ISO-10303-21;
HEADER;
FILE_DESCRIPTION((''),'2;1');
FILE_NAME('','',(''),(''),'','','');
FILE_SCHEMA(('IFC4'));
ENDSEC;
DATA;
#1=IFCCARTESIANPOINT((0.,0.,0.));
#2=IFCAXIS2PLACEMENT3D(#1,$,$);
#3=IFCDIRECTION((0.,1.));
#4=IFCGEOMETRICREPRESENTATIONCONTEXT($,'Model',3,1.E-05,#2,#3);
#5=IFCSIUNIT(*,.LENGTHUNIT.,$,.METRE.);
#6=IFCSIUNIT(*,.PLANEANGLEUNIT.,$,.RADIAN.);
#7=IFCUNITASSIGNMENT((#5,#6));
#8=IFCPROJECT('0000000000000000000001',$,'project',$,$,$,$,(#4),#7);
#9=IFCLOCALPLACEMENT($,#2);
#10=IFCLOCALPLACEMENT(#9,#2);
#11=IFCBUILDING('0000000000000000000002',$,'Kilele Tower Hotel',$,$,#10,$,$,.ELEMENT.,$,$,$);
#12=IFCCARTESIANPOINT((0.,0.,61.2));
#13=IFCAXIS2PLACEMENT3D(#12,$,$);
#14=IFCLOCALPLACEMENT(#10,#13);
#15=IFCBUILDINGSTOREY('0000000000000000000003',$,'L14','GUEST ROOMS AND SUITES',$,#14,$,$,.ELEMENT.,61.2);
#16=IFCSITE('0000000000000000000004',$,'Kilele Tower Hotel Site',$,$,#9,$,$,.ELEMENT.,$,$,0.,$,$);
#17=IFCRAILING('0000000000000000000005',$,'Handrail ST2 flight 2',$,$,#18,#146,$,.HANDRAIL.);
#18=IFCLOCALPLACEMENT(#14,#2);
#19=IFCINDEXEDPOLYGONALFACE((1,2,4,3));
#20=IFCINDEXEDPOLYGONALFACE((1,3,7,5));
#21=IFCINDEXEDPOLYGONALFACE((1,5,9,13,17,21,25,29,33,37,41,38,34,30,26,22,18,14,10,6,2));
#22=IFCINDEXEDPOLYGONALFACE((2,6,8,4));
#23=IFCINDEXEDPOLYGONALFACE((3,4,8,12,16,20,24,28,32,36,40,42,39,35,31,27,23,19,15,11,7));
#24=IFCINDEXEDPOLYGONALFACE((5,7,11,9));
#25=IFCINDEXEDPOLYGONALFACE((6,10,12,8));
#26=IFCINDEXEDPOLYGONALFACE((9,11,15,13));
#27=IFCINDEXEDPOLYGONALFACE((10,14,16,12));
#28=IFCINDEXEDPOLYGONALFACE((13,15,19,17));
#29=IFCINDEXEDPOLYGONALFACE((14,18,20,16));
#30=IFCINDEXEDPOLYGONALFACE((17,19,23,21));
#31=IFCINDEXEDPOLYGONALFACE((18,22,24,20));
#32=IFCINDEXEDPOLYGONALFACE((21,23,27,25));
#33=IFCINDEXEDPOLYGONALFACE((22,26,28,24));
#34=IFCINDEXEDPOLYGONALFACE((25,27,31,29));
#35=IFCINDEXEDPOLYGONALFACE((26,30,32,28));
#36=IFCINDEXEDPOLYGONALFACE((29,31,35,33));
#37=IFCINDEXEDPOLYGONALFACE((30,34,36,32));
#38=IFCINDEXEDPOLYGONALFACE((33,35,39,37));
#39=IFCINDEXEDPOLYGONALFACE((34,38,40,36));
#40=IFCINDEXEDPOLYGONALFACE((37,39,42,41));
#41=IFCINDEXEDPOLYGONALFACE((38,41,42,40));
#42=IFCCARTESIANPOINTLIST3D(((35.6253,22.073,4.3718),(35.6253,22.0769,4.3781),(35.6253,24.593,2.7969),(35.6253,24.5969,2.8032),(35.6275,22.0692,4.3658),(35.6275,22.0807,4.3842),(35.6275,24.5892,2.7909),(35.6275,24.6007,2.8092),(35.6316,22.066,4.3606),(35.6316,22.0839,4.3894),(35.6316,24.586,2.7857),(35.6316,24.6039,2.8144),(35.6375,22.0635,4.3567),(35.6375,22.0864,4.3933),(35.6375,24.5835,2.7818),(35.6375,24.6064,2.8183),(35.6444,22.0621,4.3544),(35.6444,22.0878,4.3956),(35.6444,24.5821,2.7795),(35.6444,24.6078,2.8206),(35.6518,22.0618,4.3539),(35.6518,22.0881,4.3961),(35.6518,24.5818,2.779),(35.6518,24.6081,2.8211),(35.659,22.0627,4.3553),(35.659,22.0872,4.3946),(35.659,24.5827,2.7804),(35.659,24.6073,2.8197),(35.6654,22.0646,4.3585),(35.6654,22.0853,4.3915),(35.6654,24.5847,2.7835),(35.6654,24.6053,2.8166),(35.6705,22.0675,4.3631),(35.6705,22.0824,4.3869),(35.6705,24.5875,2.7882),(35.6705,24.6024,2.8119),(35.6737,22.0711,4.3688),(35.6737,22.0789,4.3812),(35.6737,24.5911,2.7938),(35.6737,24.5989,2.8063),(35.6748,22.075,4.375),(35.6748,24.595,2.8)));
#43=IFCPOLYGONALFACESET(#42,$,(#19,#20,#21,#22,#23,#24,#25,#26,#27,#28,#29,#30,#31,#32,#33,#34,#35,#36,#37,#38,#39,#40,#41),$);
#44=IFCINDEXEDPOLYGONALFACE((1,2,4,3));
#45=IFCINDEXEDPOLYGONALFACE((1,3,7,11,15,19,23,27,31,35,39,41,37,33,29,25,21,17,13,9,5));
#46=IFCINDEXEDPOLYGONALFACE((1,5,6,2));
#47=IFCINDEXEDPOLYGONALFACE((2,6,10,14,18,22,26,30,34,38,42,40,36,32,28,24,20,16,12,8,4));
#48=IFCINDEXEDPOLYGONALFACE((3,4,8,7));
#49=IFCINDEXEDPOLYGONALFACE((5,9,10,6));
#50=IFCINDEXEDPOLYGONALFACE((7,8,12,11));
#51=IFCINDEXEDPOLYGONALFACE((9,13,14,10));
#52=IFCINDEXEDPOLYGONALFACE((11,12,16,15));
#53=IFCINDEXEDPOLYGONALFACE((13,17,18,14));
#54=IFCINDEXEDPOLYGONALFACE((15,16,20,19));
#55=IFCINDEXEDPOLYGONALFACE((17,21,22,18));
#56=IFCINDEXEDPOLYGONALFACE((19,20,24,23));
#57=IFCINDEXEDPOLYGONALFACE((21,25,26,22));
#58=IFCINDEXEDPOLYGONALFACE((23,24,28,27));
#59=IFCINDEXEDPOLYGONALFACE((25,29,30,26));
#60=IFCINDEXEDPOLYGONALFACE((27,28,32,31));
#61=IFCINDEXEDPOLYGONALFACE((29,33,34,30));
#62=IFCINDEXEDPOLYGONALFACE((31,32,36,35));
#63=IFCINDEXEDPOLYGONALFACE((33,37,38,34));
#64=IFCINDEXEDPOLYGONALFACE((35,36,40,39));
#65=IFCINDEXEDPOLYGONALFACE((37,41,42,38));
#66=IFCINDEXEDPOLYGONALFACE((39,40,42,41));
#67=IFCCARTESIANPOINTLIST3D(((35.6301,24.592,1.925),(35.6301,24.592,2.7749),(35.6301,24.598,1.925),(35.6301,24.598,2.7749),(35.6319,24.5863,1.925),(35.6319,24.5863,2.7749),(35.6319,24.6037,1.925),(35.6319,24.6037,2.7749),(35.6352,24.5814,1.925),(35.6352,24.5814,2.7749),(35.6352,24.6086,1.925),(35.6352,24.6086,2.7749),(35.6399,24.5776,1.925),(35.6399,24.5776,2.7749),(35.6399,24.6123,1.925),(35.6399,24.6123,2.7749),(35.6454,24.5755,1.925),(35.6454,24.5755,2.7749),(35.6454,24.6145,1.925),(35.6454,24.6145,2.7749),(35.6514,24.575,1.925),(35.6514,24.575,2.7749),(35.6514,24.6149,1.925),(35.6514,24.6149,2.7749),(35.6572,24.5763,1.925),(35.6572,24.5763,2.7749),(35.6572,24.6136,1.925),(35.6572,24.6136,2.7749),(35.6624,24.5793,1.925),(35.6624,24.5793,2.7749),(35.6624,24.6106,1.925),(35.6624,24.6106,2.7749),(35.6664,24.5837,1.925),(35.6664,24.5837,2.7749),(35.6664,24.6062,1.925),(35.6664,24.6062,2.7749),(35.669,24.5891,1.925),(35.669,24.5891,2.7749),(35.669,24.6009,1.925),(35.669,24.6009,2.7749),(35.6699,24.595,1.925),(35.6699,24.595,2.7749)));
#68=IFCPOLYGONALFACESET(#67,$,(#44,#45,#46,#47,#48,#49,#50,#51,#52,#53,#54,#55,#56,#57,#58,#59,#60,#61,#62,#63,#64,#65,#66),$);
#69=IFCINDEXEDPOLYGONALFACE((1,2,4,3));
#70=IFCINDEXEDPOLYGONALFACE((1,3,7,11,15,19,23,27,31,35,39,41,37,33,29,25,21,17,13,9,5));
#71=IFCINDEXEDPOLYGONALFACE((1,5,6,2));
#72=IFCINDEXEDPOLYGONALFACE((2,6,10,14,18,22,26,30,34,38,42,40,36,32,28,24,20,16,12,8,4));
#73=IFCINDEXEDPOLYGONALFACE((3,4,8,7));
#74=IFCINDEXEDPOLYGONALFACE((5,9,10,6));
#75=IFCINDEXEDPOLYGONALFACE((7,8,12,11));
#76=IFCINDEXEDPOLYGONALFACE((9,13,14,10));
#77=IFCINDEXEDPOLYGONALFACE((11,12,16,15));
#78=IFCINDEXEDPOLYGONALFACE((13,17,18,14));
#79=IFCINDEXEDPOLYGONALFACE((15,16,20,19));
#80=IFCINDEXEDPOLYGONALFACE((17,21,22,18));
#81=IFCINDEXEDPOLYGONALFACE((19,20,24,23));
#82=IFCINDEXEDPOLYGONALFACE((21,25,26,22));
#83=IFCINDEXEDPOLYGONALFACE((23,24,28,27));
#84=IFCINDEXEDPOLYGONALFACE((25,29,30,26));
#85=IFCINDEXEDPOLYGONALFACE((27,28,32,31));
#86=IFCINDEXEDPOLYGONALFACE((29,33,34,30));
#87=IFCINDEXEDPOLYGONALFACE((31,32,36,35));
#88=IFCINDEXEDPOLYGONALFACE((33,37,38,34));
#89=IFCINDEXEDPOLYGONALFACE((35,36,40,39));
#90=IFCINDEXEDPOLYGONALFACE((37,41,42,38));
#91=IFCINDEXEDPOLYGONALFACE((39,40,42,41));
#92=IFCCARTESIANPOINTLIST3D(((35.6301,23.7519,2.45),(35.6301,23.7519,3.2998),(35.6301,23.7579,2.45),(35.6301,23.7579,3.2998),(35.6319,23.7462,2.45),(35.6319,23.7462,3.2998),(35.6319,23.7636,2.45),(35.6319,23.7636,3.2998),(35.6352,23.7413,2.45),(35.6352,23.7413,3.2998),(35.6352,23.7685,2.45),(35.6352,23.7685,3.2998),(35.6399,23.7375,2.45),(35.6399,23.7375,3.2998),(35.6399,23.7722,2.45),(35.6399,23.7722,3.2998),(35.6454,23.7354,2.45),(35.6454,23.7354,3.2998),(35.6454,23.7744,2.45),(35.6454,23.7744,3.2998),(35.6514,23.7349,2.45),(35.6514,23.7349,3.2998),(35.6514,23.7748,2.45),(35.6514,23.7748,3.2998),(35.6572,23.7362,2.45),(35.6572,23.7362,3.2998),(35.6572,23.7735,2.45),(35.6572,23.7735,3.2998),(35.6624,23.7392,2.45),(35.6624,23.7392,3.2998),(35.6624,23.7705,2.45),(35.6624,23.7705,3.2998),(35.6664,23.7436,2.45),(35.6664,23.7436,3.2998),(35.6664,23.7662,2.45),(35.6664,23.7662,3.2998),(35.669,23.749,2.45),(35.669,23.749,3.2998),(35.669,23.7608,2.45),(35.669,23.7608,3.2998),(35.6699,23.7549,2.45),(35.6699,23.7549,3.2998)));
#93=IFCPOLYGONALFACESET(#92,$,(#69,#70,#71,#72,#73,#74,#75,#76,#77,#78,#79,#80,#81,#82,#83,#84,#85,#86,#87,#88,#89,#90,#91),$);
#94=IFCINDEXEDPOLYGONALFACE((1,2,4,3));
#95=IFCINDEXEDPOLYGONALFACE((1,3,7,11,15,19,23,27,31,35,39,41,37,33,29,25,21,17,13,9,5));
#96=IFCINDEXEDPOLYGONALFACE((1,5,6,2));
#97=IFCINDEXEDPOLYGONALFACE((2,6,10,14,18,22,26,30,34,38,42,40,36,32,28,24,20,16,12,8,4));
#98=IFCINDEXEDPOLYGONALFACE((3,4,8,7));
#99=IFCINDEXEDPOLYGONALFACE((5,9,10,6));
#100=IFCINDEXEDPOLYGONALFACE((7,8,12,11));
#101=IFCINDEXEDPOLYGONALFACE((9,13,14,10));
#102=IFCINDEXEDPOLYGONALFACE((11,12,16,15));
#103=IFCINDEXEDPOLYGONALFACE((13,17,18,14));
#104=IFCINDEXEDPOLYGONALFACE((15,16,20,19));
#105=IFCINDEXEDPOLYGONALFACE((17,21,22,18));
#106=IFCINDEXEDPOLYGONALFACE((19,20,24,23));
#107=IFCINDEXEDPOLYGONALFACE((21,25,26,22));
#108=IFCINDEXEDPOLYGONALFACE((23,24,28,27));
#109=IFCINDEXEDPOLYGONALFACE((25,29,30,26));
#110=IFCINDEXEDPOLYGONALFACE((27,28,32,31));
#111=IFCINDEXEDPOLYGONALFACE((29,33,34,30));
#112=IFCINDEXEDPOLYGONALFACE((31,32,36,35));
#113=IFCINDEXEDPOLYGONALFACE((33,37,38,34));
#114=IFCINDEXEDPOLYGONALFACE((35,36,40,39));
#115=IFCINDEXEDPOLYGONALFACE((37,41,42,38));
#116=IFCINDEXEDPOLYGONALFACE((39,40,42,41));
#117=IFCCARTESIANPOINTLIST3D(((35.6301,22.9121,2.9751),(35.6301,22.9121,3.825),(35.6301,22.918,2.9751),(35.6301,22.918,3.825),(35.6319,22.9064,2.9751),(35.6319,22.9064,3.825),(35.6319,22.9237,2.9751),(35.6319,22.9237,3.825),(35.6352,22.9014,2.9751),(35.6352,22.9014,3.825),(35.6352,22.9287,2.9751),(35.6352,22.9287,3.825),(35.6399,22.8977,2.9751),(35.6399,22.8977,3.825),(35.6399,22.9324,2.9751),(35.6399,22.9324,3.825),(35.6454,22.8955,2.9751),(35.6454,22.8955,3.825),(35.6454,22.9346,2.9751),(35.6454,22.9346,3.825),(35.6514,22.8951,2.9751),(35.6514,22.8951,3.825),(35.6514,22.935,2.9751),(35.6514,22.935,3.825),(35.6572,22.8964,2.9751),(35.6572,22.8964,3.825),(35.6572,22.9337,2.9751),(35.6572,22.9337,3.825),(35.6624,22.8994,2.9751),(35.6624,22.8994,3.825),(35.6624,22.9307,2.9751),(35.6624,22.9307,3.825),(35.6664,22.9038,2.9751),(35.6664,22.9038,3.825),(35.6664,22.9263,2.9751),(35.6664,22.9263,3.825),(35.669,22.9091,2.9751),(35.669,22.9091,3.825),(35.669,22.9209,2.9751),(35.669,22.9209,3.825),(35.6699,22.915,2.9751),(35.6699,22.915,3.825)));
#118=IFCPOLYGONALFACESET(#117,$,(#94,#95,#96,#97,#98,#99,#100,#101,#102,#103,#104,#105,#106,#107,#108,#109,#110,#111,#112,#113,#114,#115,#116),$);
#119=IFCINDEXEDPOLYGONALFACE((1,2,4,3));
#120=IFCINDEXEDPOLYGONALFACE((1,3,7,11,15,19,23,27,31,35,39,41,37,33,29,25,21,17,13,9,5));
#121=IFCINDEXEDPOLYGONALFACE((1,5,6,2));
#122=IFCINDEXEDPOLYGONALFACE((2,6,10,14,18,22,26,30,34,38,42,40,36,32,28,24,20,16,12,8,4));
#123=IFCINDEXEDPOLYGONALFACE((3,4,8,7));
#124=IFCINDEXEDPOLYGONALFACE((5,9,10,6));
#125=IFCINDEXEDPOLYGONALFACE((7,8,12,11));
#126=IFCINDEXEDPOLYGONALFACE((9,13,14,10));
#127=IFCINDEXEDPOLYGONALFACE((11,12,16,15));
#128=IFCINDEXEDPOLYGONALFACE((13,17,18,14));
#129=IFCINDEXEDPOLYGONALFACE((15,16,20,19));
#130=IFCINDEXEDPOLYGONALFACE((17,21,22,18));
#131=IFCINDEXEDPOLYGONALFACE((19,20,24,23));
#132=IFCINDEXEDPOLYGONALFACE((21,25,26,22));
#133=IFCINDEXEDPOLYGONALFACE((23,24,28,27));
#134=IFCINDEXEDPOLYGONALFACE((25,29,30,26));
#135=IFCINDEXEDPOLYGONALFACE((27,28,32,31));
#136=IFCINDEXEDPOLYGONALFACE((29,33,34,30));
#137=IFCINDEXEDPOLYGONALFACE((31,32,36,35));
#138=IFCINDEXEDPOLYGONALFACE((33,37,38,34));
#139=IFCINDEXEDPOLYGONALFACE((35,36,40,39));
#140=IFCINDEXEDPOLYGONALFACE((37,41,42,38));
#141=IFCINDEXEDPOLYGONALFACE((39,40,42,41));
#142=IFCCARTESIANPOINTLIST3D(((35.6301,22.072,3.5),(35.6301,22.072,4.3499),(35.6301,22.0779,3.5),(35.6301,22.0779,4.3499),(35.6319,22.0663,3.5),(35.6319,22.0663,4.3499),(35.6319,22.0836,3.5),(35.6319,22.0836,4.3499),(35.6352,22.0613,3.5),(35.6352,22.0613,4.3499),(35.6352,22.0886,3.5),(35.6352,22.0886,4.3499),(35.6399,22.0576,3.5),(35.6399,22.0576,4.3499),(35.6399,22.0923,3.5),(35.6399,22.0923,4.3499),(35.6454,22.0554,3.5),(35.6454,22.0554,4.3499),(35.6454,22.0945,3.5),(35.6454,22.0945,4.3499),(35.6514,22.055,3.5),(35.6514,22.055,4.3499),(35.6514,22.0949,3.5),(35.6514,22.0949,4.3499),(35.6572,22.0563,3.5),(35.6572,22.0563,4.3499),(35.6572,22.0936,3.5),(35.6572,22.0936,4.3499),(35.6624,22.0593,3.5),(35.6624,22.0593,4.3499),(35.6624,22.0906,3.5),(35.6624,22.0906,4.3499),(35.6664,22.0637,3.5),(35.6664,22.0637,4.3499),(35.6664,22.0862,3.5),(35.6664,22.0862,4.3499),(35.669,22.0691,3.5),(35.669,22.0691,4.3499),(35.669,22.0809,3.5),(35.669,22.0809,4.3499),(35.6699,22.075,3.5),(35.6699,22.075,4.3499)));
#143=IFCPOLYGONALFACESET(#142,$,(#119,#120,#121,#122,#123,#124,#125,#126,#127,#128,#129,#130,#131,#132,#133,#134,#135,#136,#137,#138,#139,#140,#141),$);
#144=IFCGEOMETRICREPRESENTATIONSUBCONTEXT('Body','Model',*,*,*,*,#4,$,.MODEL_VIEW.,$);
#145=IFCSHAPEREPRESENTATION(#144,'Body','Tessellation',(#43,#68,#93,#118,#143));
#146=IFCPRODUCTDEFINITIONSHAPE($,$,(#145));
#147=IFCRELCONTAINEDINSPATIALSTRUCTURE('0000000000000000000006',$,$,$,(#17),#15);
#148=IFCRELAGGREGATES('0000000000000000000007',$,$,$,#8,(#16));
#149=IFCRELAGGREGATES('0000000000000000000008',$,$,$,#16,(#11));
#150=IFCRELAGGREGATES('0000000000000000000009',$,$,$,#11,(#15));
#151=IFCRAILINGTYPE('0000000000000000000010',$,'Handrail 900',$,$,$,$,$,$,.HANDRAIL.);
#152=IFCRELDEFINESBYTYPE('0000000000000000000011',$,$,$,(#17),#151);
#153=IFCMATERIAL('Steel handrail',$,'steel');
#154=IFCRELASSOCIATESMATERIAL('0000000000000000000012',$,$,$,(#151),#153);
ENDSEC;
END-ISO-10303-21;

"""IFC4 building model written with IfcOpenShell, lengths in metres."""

from ifc_helpers import new_model, si_unit, direction, frame, origin, origin_2d, place, context, subcontext, project, spatial, circle, extrude, material, type_object, element, save


model = new_model("IFC4")

# Units and contexts
model_context = context("Model", 3, precision=1e-05, world=origin(), true_north=direction((0.0, 1.0)))
body_context = subcontext(model_context, "Body", "Model", "MODEL_VIEW")
ifc_project = project(units=[si_unit("LENGTHUNIT", "METRE"), si_unit("PLANEANGLEUNIT", "RADIAN")], contexts=[model_context])

# Site, building, storey
site_placement = place(None, origin())
site = spatial("IfcSite", under=ifc_project, at=site_placement, Name="Kilele Tower Hotel Site", CompositionType="ELEMENT", RefElevation=0.0)
building_placement = place(site_placement, origin())
building = spatial("IfcBuilding", under=site, at=building_placement, Name="Kilele Tower Hotel", CompositionType="ELEMENT")
storey_placement = place(building_placement, frame((0.0, 0.0, 61.2)))
storey = spatial("IfcBuildingStorey", under=building, at=storey_placement, Name="L14", Description="GUEST ROOMS AND SUITES", CompositionType="ELEMENT", Elevation=61.2)

# Railing
ifc_material_1 = material(Name="Steel handrail", Category="steel")
railing_type_1 = type_object("IfcRailingType", Name="Handrail 900", PredefinedType="HANDRAIL", material=ifc_material_1)
for number, where, name in (
    (1, (35.6499, 24.595, 1.925), "Handrail ST2 flight 2"),
):
    element("IfcRailing", number, at=place(storey_placement, frame(where)), inside=storey, type_object=railing_type_1, Name=name, PredefinedType="HANDRAIL", context=body_context, shape_type="SweptSolid", body=[
        extrude(circle(Radius=0.0249, at=origin_2d()), frame((0.0, 0.0, 0.875), z_axis=(0.0, -0.848008, 0.529984), x_axis=(1.0, 0.0, 0.0)), (0.0, 0.0, 1.0), 2.9717),
        extrude(circle(Radius=0.02, at=origin_2d()), origin(), (0.0, 0.0, 1.0), 0.8499),
        extrude(circle(Radius=0.02, at=origin_2d()), frame((0.0, -0.8401, 0.5249)), (0.0, 0.0, 1.0), 0.8499),
        extrude(circle(Radius=0.02, at=origin_2d()), frame((0.0, -1.6799, 1.05)), (0.0, 0.0, 1.0), 0.8499),
        extrude(circle(Radius=0.02, at=origin_2d()), frame((0.0, -2.52, 1.575)), (0.0, 0.0, 1.0), 0.8499),
    ])

save(model, "model.ifc")
